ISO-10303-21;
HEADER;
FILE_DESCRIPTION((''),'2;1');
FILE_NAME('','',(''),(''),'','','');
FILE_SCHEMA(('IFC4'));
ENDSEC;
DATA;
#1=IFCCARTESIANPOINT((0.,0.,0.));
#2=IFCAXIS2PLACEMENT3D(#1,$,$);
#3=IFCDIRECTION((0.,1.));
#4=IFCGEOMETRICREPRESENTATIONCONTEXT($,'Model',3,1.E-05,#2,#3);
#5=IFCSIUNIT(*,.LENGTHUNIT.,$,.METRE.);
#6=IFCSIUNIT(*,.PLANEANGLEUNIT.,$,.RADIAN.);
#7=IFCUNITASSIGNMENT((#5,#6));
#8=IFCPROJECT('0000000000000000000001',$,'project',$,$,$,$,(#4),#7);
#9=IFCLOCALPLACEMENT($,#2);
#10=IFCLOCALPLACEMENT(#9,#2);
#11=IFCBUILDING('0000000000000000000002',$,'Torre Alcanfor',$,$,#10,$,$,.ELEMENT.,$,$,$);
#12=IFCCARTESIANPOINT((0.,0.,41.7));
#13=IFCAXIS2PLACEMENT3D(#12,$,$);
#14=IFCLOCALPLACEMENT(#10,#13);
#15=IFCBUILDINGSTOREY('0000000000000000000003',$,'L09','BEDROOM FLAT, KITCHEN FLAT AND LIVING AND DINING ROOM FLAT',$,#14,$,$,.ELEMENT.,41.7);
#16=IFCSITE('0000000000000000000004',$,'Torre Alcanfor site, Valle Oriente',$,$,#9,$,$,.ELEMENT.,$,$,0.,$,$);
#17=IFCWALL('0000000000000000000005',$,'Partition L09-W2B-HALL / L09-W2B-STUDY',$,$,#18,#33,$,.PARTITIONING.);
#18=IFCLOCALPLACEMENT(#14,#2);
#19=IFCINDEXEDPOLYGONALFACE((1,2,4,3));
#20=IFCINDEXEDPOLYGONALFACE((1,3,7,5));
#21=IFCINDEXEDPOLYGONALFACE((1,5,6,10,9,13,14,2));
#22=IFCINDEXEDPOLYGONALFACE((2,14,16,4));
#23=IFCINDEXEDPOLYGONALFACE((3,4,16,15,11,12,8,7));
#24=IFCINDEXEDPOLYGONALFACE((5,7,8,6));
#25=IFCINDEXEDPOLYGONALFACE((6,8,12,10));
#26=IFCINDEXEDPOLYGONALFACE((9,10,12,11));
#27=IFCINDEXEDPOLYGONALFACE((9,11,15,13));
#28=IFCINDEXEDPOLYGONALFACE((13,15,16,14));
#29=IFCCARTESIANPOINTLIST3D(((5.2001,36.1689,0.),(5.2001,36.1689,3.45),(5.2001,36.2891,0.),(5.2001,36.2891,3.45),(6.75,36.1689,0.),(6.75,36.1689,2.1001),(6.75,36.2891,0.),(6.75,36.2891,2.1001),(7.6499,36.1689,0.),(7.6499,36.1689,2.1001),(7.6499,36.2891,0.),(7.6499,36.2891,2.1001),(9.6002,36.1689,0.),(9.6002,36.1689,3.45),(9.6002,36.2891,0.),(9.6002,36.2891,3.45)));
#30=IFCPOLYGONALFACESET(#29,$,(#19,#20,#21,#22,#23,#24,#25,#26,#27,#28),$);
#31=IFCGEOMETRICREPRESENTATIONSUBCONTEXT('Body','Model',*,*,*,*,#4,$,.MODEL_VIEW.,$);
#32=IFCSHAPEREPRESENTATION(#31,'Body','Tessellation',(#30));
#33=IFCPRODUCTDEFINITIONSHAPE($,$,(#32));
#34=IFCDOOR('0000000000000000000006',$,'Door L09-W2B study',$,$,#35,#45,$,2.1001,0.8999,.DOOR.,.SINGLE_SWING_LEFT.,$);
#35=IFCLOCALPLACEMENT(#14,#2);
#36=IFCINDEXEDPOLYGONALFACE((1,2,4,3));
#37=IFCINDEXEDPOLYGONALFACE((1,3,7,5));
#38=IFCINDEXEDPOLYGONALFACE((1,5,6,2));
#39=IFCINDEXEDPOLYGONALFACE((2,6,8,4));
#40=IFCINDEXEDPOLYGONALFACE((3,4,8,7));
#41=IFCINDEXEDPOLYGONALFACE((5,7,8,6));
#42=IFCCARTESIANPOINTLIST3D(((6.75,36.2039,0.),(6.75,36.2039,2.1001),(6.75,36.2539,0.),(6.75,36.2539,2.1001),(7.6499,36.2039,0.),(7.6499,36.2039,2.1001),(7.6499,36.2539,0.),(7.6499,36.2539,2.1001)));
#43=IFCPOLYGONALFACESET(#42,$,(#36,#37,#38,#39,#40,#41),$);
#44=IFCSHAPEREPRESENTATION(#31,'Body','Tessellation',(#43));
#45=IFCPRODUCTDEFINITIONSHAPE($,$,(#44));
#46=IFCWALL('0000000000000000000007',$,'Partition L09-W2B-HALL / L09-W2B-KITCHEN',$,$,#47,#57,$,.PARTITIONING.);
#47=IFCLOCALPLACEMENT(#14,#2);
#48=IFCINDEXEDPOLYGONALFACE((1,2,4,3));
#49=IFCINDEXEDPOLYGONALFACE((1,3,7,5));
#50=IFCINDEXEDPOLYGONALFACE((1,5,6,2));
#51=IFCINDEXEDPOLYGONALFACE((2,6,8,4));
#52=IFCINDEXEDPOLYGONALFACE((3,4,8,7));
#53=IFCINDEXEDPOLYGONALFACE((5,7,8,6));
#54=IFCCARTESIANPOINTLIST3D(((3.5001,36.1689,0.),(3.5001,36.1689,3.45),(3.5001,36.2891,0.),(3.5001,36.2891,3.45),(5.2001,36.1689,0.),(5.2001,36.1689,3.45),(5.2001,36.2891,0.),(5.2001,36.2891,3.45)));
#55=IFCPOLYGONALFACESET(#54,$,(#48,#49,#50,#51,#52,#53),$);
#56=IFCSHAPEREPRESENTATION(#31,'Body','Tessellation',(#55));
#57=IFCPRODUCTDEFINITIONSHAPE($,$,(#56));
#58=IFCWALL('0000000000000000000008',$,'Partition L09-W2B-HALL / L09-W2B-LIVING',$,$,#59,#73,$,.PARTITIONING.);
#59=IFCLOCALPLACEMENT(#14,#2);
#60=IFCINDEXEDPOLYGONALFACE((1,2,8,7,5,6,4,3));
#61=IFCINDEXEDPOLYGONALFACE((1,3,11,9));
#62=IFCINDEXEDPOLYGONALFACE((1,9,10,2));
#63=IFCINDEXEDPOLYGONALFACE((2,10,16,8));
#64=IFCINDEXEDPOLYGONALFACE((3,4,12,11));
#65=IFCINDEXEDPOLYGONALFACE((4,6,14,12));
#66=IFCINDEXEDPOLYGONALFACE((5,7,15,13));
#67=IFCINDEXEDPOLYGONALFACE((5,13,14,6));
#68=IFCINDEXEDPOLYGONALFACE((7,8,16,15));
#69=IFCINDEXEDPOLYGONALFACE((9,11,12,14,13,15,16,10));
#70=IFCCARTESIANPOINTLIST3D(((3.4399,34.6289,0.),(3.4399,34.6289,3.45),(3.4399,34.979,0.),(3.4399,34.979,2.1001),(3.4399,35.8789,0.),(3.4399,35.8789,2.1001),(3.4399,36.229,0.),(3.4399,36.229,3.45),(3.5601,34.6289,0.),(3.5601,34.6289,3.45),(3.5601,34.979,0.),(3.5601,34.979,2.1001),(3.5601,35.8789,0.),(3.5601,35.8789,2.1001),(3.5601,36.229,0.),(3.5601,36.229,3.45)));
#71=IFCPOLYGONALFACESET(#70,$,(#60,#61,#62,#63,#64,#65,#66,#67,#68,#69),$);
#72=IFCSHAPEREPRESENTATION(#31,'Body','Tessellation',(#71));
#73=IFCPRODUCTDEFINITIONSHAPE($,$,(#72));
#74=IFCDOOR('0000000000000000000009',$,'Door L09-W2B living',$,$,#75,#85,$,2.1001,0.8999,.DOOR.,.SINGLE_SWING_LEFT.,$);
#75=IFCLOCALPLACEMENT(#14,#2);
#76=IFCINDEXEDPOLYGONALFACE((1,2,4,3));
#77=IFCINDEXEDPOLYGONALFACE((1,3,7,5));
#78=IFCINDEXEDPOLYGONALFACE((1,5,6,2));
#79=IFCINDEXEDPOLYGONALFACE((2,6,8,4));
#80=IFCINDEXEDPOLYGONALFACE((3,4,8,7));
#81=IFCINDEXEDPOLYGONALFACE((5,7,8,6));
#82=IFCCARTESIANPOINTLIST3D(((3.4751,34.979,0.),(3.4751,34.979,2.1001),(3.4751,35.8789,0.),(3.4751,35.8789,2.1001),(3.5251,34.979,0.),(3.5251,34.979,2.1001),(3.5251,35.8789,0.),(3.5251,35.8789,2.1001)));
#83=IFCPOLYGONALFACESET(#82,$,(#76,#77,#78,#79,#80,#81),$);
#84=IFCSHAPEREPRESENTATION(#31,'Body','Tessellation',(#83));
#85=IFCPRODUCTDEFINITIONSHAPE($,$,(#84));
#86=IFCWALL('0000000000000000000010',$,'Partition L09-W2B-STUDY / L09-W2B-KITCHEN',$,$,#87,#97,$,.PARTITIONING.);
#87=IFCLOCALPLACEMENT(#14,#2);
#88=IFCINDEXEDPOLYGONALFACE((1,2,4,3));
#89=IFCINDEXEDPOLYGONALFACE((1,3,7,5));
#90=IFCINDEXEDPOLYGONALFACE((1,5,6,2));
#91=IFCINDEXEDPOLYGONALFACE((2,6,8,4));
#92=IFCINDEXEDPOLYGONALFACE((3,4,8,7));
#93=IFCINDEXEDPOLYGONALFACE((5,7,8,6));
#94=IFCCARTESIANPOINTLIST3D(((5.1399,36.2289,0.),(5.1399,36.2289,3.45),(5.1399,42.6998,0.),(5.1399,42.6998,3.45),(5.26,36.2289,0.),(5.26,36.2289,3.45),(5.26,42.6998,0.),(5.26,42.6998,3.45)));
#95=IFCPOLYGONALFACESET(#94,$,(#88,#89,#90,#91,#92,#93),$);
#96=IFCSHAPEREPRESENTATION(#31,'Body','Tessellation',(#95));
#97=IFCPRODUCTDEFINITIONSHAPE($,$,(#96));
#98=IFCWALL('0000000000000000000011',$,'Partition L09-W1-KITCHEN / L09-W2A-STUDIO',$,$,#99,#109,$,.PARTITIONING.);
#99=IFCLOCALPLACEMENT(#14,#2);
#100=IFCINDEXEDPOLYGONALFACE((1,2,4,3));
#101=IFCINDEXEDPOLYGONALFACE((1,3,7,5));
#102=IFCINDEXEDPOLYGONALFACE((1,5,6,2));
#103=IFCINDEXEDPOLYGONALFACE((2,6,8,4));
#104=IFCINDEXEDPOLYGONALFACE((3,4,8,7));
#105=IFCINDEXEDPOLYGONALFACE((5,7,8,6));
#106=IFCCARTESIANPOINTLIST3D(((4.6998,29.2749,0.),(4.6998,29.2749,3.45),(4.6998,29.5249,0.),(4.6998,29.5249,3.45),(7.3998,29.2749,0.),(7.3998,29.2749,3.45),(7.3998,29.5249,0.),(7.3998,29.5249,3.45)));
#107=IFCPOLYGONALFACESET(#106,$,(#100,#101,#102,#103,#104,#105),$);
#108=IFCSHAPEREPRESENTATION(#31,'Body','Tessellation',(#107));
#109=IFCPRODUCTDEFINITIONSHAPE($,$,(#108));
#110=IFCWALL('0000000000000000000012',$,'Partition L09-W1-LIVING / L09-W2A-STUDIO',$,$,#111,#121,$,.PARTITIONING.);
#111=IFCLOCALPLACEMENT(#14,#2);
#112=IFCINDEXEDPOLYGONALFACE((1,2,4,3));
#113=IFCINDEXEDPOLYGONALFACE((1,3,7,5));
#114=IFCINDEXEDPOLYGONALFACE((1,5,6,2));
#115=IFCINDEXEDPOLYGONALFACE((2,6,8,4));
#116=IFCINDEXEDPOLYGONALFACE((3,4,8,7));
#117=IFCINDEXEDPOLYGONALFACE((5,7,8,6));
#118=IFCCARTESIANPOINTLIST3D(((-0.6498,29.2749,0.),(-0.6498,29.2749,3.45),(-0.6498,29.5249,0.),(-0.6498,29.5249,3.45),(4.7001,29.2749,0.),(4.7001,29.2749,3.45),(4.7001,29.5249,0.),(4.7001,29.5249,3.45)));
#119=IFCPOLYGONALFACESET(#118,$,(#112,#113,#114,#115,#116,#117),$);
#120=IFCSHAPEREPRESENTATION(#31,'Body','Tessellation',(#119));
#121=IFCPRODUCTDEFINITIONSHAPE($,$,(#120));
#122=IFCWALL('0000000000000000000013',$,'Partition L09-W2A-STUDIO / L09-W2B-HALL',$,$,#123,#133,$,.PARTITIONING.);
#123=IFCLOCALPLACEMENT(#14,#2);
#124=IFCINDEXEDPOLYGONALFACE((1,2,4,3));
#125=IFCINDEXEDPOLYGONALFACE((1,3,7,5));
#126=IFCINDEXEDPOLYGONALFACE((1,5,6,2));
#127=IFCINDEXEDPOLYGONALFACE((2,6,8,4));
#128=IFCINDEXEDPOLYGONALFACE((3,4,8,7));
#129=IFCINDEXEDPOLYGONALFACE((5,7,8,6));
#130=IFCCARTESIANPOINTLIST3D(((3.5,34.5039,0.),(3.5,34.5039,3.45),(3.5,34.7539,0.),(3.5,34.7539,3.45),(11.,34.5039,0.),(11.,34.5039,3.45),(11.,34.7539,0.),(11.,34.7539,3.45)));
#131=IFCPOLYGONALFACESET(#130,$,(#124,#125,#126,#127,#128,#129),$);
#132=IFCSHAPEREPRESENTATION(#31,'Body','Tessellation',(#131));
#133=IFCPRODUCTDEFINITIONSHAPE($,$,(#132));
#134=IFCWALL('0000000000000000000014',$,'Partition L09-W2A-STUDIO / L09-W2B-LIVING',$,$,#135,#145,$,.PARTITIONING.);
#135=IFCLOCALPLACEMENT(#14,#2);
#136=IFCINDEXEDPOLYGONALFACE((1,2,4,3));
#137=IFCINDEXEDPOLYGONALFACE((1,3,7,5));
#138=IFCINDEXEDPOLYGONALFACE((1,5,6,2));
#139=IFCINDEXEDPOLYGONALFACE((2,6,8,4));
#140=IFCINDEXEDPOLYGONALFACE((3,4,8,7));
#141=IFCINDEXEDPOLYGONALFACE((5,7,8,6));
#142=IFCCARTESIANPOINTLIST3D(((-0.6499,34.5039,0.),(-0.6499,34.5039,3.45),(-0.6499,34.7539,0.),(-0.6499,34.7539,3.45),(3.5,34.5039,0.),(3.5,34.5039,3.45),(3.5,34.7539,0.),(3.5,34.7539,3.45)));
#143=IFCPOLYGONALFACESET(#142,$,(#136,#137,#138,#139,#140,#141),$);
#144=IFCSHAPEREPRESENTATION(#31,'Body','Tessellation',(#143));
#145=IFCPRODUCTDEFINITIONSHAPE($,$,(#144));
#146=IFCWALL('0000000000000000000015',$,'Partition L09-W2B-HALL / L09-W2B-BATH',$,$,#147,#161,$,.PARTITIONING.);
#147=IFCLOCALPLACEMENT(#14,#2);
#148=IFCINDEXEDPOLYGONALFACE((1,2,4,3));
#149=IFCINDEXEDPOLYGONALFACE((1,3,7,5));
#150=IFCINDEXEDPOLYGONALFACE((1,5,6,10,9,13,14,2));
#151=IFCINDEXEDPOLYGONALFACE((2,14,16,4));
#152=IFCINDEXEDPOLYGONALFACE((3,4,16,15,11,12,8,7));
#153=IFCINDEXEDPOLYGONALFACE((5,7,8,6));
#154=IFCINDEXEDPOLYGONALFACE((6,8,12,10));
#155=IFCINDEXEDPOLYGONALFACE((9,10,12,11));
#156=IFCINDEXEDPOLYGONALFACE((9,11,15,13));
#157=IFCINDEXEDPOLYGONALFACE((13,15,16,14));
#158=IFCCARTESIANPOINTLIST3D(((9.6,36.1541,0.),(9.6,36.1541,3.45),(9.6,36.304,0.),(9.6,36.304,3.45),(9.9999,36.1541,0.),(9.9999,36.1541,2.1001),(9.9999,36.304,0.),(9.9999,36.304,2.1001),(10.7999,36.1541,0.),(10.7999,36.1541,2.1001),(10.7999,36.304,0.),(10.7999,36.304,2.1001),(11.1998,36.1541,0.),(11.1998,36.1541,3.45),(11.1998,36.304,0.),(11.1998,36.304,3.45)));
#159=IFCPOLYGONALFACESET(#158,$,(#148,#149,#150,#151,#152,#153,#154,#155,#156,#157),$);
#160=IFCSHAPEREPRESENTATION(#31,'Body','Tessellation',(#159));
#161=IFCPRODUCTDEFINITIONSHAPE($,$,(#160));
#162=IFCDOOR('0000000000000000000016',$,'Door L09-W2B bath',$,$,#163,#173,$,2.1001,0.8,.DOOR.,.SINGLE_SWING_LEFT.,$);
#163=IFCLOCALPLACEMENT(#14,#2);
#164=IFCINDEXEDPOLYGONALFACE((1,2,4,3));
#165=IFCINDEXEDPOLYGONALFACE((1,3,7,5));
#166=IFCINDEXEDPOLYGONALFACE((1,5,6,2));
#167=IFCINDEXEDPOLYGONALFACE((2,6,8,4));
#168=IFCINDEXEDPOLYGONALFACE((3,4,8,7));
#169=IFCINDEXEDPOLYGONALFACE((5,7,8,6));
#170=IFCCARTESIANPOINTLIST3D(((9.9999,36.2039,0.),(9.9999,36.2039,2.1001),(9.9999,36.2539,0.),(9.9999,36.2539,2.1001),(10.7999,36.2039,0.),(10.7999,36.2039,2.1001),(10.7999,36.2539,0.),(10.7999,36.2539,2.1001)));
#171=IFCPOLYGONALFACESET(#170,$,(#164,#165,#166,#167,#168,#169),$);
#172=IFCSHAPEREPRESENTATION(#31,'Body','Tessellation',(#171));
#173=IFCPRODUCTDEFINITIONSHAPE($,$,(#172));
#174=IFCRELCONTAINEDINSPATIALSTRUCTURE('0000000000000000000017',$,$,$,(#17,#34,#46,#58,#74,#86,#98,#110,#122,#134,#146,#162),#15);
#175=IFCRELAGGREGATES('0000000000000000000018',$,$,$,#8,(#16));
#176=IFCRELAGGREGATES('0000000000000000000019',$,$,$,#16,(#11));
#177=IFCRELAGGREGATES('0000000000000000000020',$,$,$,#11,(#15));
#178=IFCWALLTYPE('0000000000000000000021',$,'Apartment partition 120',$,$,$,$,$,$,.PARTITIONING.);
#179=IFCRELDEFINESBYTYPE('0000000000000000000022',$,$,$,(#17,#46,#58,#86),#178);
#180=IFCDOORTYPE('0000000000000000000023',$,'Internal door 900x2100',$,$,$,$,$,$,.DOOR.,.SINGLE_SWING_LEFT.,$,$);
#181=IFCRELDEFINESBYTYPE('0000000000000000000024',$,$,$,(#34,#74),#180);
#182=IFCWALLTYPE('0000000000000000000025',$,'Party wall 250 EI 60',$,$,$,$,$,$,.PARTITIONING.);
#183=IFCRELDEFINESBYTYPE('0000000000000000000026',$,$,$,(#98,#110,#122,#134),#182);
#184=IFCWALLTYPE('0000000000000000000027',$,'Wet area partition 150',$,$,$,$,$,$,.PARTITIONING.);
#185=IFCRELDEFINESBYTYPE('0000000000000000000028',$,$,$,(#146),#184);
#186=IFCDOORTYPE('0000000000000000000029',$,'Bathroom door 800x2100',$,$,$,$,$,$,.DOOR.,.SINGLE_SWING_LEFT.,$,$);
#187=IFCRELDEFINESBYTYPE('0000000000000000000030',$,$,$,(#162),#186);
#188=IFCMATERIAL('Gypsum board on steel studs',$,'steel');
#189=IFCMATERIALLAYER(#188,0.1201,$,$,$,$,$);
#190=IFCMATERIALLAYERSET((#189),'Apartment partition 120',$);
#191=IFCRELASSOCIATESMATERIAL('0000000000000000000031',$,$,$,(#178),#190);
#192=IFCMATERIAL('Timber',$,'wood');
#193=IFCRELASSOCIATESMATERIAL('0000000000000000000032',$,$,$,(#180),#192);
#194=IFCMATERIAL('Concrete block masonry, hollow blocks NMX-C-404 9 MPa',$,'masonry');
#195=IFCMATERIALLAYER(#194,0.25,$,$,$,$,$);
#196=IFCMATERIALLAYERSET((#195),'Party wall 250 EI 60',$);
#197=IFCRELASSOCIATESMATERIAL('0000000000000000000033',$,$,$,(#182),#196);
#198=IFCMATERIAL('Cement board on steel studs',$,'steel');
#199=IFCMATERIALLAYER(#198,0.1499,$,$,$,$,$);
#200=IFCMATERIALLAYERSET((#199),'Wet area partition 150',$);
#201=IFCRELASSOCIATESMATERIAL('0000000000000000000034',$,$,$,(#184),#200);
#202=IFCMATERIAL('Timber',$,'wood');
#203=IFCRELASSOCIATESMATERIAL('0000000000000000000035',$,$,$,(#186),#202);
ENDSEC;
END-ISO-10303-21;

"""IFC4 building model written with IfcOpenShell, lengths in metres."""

from ifc_helpers import new_model, si_unit, direction, frame, frame_2d, origin, place, context, subcontext, project, spatial, rectangle, extrude, material, layer, layer_set, type_object, element, fill, save


model = new_model("IFC4")

# Units and contexts
model_context = context("Model", 3, precision=1e-05, world=origin(), true_north=direction((0.0, 1.0)))
body_context = subcontext(model_context, "Body", "Model", "MODEL_VIEW")
ifc_project = project(units=[si_unit("LENGTHUNIT", "METRE"), si_unit("PLANEANGLEUNIT", "RADIAN")], contexts=[model_context])

# Site, building, storey
site_placement = place(None, origin())
site = spatial("IfcSite", under=ifc_project, at=site_placement, Name="Torre Alcanfor site, Valle Oriente", CompositionType="ELEMENT", RefElevation=0.0)
building_placement = place(site_placement, origin())
building = spatial("IfcBuilding", under=site, at=building_placement, Name="Torre Alcanfor", CompositionType="ELEMENT")
storey_placement = place(building_placement, frame((0.0, 0.0, 41.7)))
storey = spatial("IfcBuildingStorey", under=building, at=storey_placement, Name="L09", Description="BEDROOM FLAT, KITCHEN FLAT AND LIVING AND DINING ROOM FLAT", CompositionType="ELEMENT", Elevation=41.7)

# Shared definitions
ifc_material_1 = material(Name="Gypsum board on steel studs", Category="steel")
ifc_layer_1 = layer(ifc_material_1, 0.1201)
ifc_layer_set_1 = layer_set([ifc_layer_1], Name="Apartment partition 120")
wall_type_1 = type_object("IfcWallType", Name="Apartment partition 120", PredefinedType="PARTITIONING", material=ifc_layer_set_1)

# Wall, opening, door
wall_1_placement = place(storey_placement, frame((5.2, 36.229, 0.0), z_axis=(0.0, 0.0, 1.0), x_axis=(1.0, 0.0, 0.0)))
wall_1 = element("IfcWall", 1, at=wall_1_placement, inside=storey, type_object=wall_type_1, Name="Partition L09-W2B-HALL / L09-W2B-STUDY", PredefinedType="PARTITIONING", context=body_context, shape_type="SweptSolid", body=[
    extrude(rectangle(XDim=4.4001, YDim=0.1201, at=frame_2d((2.2002, 0.0))), origin(), (0.0, 0.0, 1.0), 3.45),
])
opening_1_placement = place(wall_1_placement, frame((1.55, 0.0, 0.0)))
opening_1 = element("IfcOpeningElement", 2, at=opening_1_placement, cuts=wall_1, PredefinedType="OPENING", context=body_context, shape_type="SweptSolid", body=[
    extrude(rectangle(XDim=0.8999, YDim=2.1001, at=frame_2d((0.45, 1.05))), frame((0.0, 0.0701, 0.0), z_axis=(0.0, -1.0, 0.0), x_axis=(1.0, 0.0, 0.0)), (0.0, 0.0, 1.0), 0.1401),
])
ifc_material_2 = material(Name="Timber", Category="wood")
door_type_1 = type_object("IfcDoorType", Name="Internal door 900x2100", OperationType="SINGLE_SWING_LEFT", PredefinedType="DOOR", material=ifc_material_2)
door_1_placement = place(opening_1_placement, origin())
door_1 = element("IfcDoor", 3, at=door_1_placement, inside=storey, type_object=door_type_1, Name="Door L09-W2B study", OperationType="SINGLE_SWING_LEFT", OverallHeight=2.1001, OverallWidth=0.8999, PredefinedType="DOOR", context=body_context, shape_type="SweptSolid", body=[
    extrude(rectangle(XDim=0.8999, YDim=2.1001, at=frame_2d((0.45, 1.05))), frame((0.0, 0.0249, 0.0), z_axis=(0.0, -1.0, 0.0), x_axis=(1.0, 0.0, 0.0)), (0.0, 0.0, 1.0), 0.05),
])
fill(opening_1, door_1)

# Wall
wall_2_placement = place(storey_placement, frame((3.5, 36.229, 0.0), z_axis=(0.0, 0.0, 1.0), x_axis=(1.0, 0.0, 0.0)))
element("IfcWall", 4, at=wall_2_placement, inside=storey, type_object=wall_type_1, Name="Partition L09-W2B-HALL / L09-W2B-KITCHEN", PredefinedType="PARTITIONING", context=body_context, shape_type="SweptSolid", body=[
    extrude(rectangle(XDim=1.7, YDim=0.1201, at=frame_2d((0.8501, 0.0))), origin(), (0.0, 0.0, 1.0), 3.45),
])

# Wall, opening, door
wall_3_placement = place(storey_placement, frame((3.5, 34.6289, 0.0), z_axis=(0.0, 0.0, 1.0), x_axis=(0.0, 1.0, 0.0)))
wall_3 = element("IfcWall", 5, at=wall_3_placement, inside=storey, type_object=wall_type_1, Name="Partition L09-W2B-HALL / L09-W2B-LIVING", PredefinedType="PARTITIONING", context=body_context, shape_type="SweptSolid", body=[
    extrude(rectangle(XDim=1.6001, YDim=0.1201, at=frame_2d((0.8, 0.0))), origin(), (0.0, 0.0, 1.0), 3.45),
])
opening_2_placement = place(wall_3_placement, frame((0.3501, 0.0, 0.0)))
opening_2 = element("IfcOpeningElement", 6, at=opening_2_placement, cuts=wall_3, PredefinedType="OPENING", context=body_context, shape_type="SweptSolid", body=[
    extrude(rectangle(XDim=0.8999, YDim=2.1001, at=frame_2d((0.45, 1.05))), frame((0.0, 0.0701, 0.0), z_axis=(0.0, -1.0, 0.0), x_axis=(1.0, 0.0, 0.0)), (0.0, 0.0, 1.0), 0.1401),
])
door_2_placement = place(opening_2_placement, origin())
door_2 = element("IfcDoor", 7, at=door_2_placement, inside=storey, type_object=door_type_1, Name="Door L09-W2B living", OperationType="SINGLE_SWING_LEFT", OverallHeight=2.1001, OverallWidth=0.8999, PredefinedType="DOOR", context=body_context, shape_type="SweptSolid", body=[
    extrude(rectangle(XDim=0.8999, YDim=2.1001, at=frame_2d((0.45, 1.05))), frame((0.0, 0.0249, 0.0), z_axis=(0.0, -1.0, 0.0), x_axis=(1.0, 0.0, 0.0)), (0.0, 0.0, 1.0), 0.05),
])
fill(opening_2, door_2)

# Walls
wall_4_placement = place(storey_placement, frame((5.2, 36.229, 0.0), z_axis=(0.0, 0.0, 1.0), x_axis=(0.0, 1.0, 0.0)))
element("IfcWall", 8, at=wall_4_placement, inside=storey, type_object=wall_type_1, Name="Partition L09-W2B-STUDY / L09-W2B-KITCHEN", PredefinedType="PARTITIONING", context=body_context, shape_type="SweptSolid", body=[
    extrude(rectangle(XDim=6.4709, YDim=0.1201, at=frame_2d((3.2354, 0.0))), origin(), (0.0, 0.0, 1.0), 3.45),
])
ifc_material_3 = material(Name="Concrete block masonry, hollow blocks NMX-C-404 9 MPa", Category="masonry")
ifc_layer_2 = layer(ifc_material_3, 0.25)
ifc_layer_set_2 = layer_set([ifc_layer_2], Name="Party wall 250 EI 60")
wall_type_2 = type_object("IfcWallType", Name="Party wall 250 EI 60", PredefinedType="PARTITIONING", material=ifc_layer_set_2)
wall_5_placement = place(storey_placement, frame((7.3999, 29.3999, 0.0), z_axis=(0.0, 0.0, 1.0), x_axis=(-1.0, 0.0, 0.0)))
element("IfcWall", 9, at=wall_5_placement, inside=storey, type_object=wall_type_2, Name="Partition L09-W1-KITCHEN / L09-W2A-STUDIO", PredefinedType="PARTITIONING", context=body_context, shape_type="SweptSolid", body=[
    extrude(rectangle(XDim=2.7, YDim=0.25, at=frame_2d((1.3501, 0.0))), origin(), (0.0, 0.0, 1.0), 3.45),
])
wall_6_placement = place(storey_placement, frame((4.7, 29.3999, 0.0), z_axis=(0.0, 0.0, 1.0), x_axis=(-1.0, 0.0, 0.0)))
element("IfcWall", 10, at=wall_6_placement, inside=storey, type_object=wall_type_2, Name="Partition L09-W1-LIVING / L09-W2A-STUDIO", PredefinedType="PARTITIONING", context=body_context, shape_type="SweptSolid", body=[
    extrude(rectangle(XDim=5.3499, YDim=0.25, at=frame_2d((2.6748, 0.0))), origin(), (0.0, 0.0, 1.0), 3.45),
])
wall_7_placement = place(storey_placement, frame((3.5, 34.6289, 0.0), z_axis=(0.0, 0.0, 1.0), x_axis=(1.0, 0.0, 0.0)))
element("IfcWall", 11, at=wall_7_placement, inside=storey, type_object=wall_type_2, Name="Partition L09-W2A-STUDIO / L09-W2B-HALL", PredefinedType="PARTITIONING", context=body_context, shape_type="SweptSolid", body=[
    extrude(rectangle(XDim=7.5, YDim=0.25, at=frame_2d((3.75, 0.0))), origin(), (0.0, 0.0, 1.0), 3.45),
])
wall_8_placement = place(storey_placement, frame((-0.6499, 34.6289, 0.0), z_axis=(0.0, 0.0, 1.0), x_axis=(1.0, 0.0, 0.0)))
element("IfcWall", 12, at=wall_8_placement, inside=storey, type_object=wall_type_2, Name="Partition L09-W2A-STUDIO / L09-W2B-LIVING", PredefinedType="PARTITIONING", context=body_context, shape_type="SweptSolid", body=[
    extrude(rectangle(XDim=4.1499, YDim=0.25, at=frame_2d((2.075, 0.0))), origin(), (0.0, 0.0, 1.0), 3.45),
])

# Wall, opening, door
ifc_material_4 = material(Name="Cement board on steel studs", Category="steel")
ifc_layer_3 = layer(ifc_material_4, 0.1499)
ifc_layer_set_3 = layer_set([ifc_layer_3], Name="Wet area partition 150")
wall_type_3 = type_object("IfcWallType", Name="Wet area partition 150", PredefinedType="PARTITIONING", material=ifc_layer_set_3)
wall_9_placement = place(storey_placement, frame((9.6001, 36.229, 0.0), z_axis=(0.0, 0.0, 1.0), x_axis=(1.0, 0.0, 0.0)))
wall_9 = element("IfcWall", 13, at=wall_9_placement, inside=storey, type_object=wall_type_3, Name="Partition L09-W2B-HALL / L09-W2B-BATH", PredefinedType="PARTITIONING", context=body_context, shape_type="SweptSolid", body=[
    extrude(rectangle(XDim=1.5999, YDim=0.1499, at=frame_2d((0.7998, 0.0))), origin(), (0.0, 0.0, 1.0), 3.45),
])
opening_3_placement = place(wall_9_placement, frame((0.3999, 0.0, 0.0)))
opening_3 = element("IfcOpeningElement", 14, at=opening_3_placement, cuts=wall_9, PredefinedType="OPENING", context=body_context, shape_type="SweptSolid", body=[
    extrude(rectangle(XDim=0.8, YDim=2.1001, at=frame_2d((0.3999, 1.05))), frame((0.0, 0.085, 0.0), z_axis=(0.0, -1.0, 0.0), x_axis=(1.0, 0.0, 0.0)), (0.0, 0.0, 1.0), 0.1699),
])
ifc_material_5 = material(Name="Timber", Category="wood")
door_type_2 = type_object("IfcDoorType", Name="Bathroom door 800x2100", OperationType="SINGLE_SWING_LEFT", PredefinedType="DOOR", material=ifc_material_5)
door_3_placement = place(opening_3_placement, origin())
door_3 = element("IfcDoor", 15, at=door_3_placement, inside=storey, type_object=door_type_2, Name="Door L09-W2B bath", OperationType="SINGLE_SWING_LEFT", OverallHeight=2.1001, OverallWidth=0.8, PredefinedType="DOOR", context=body_context, shape_type="SweptSolid", body=[
    extrude(rectangle(XDim=0.8, YDim=2.1001, at=frame_2d((0.3999, 1.05))), frame((0.0, 0.0249, 0.0), z_axis=(0.0, -1.0, 0.0), x_axis=(1.0, 0.0, 0.0)), (0.0, 0.0, 1.0), 0.05),
])
fill(opening_3, door_3)

save(model, "model.ifc")
